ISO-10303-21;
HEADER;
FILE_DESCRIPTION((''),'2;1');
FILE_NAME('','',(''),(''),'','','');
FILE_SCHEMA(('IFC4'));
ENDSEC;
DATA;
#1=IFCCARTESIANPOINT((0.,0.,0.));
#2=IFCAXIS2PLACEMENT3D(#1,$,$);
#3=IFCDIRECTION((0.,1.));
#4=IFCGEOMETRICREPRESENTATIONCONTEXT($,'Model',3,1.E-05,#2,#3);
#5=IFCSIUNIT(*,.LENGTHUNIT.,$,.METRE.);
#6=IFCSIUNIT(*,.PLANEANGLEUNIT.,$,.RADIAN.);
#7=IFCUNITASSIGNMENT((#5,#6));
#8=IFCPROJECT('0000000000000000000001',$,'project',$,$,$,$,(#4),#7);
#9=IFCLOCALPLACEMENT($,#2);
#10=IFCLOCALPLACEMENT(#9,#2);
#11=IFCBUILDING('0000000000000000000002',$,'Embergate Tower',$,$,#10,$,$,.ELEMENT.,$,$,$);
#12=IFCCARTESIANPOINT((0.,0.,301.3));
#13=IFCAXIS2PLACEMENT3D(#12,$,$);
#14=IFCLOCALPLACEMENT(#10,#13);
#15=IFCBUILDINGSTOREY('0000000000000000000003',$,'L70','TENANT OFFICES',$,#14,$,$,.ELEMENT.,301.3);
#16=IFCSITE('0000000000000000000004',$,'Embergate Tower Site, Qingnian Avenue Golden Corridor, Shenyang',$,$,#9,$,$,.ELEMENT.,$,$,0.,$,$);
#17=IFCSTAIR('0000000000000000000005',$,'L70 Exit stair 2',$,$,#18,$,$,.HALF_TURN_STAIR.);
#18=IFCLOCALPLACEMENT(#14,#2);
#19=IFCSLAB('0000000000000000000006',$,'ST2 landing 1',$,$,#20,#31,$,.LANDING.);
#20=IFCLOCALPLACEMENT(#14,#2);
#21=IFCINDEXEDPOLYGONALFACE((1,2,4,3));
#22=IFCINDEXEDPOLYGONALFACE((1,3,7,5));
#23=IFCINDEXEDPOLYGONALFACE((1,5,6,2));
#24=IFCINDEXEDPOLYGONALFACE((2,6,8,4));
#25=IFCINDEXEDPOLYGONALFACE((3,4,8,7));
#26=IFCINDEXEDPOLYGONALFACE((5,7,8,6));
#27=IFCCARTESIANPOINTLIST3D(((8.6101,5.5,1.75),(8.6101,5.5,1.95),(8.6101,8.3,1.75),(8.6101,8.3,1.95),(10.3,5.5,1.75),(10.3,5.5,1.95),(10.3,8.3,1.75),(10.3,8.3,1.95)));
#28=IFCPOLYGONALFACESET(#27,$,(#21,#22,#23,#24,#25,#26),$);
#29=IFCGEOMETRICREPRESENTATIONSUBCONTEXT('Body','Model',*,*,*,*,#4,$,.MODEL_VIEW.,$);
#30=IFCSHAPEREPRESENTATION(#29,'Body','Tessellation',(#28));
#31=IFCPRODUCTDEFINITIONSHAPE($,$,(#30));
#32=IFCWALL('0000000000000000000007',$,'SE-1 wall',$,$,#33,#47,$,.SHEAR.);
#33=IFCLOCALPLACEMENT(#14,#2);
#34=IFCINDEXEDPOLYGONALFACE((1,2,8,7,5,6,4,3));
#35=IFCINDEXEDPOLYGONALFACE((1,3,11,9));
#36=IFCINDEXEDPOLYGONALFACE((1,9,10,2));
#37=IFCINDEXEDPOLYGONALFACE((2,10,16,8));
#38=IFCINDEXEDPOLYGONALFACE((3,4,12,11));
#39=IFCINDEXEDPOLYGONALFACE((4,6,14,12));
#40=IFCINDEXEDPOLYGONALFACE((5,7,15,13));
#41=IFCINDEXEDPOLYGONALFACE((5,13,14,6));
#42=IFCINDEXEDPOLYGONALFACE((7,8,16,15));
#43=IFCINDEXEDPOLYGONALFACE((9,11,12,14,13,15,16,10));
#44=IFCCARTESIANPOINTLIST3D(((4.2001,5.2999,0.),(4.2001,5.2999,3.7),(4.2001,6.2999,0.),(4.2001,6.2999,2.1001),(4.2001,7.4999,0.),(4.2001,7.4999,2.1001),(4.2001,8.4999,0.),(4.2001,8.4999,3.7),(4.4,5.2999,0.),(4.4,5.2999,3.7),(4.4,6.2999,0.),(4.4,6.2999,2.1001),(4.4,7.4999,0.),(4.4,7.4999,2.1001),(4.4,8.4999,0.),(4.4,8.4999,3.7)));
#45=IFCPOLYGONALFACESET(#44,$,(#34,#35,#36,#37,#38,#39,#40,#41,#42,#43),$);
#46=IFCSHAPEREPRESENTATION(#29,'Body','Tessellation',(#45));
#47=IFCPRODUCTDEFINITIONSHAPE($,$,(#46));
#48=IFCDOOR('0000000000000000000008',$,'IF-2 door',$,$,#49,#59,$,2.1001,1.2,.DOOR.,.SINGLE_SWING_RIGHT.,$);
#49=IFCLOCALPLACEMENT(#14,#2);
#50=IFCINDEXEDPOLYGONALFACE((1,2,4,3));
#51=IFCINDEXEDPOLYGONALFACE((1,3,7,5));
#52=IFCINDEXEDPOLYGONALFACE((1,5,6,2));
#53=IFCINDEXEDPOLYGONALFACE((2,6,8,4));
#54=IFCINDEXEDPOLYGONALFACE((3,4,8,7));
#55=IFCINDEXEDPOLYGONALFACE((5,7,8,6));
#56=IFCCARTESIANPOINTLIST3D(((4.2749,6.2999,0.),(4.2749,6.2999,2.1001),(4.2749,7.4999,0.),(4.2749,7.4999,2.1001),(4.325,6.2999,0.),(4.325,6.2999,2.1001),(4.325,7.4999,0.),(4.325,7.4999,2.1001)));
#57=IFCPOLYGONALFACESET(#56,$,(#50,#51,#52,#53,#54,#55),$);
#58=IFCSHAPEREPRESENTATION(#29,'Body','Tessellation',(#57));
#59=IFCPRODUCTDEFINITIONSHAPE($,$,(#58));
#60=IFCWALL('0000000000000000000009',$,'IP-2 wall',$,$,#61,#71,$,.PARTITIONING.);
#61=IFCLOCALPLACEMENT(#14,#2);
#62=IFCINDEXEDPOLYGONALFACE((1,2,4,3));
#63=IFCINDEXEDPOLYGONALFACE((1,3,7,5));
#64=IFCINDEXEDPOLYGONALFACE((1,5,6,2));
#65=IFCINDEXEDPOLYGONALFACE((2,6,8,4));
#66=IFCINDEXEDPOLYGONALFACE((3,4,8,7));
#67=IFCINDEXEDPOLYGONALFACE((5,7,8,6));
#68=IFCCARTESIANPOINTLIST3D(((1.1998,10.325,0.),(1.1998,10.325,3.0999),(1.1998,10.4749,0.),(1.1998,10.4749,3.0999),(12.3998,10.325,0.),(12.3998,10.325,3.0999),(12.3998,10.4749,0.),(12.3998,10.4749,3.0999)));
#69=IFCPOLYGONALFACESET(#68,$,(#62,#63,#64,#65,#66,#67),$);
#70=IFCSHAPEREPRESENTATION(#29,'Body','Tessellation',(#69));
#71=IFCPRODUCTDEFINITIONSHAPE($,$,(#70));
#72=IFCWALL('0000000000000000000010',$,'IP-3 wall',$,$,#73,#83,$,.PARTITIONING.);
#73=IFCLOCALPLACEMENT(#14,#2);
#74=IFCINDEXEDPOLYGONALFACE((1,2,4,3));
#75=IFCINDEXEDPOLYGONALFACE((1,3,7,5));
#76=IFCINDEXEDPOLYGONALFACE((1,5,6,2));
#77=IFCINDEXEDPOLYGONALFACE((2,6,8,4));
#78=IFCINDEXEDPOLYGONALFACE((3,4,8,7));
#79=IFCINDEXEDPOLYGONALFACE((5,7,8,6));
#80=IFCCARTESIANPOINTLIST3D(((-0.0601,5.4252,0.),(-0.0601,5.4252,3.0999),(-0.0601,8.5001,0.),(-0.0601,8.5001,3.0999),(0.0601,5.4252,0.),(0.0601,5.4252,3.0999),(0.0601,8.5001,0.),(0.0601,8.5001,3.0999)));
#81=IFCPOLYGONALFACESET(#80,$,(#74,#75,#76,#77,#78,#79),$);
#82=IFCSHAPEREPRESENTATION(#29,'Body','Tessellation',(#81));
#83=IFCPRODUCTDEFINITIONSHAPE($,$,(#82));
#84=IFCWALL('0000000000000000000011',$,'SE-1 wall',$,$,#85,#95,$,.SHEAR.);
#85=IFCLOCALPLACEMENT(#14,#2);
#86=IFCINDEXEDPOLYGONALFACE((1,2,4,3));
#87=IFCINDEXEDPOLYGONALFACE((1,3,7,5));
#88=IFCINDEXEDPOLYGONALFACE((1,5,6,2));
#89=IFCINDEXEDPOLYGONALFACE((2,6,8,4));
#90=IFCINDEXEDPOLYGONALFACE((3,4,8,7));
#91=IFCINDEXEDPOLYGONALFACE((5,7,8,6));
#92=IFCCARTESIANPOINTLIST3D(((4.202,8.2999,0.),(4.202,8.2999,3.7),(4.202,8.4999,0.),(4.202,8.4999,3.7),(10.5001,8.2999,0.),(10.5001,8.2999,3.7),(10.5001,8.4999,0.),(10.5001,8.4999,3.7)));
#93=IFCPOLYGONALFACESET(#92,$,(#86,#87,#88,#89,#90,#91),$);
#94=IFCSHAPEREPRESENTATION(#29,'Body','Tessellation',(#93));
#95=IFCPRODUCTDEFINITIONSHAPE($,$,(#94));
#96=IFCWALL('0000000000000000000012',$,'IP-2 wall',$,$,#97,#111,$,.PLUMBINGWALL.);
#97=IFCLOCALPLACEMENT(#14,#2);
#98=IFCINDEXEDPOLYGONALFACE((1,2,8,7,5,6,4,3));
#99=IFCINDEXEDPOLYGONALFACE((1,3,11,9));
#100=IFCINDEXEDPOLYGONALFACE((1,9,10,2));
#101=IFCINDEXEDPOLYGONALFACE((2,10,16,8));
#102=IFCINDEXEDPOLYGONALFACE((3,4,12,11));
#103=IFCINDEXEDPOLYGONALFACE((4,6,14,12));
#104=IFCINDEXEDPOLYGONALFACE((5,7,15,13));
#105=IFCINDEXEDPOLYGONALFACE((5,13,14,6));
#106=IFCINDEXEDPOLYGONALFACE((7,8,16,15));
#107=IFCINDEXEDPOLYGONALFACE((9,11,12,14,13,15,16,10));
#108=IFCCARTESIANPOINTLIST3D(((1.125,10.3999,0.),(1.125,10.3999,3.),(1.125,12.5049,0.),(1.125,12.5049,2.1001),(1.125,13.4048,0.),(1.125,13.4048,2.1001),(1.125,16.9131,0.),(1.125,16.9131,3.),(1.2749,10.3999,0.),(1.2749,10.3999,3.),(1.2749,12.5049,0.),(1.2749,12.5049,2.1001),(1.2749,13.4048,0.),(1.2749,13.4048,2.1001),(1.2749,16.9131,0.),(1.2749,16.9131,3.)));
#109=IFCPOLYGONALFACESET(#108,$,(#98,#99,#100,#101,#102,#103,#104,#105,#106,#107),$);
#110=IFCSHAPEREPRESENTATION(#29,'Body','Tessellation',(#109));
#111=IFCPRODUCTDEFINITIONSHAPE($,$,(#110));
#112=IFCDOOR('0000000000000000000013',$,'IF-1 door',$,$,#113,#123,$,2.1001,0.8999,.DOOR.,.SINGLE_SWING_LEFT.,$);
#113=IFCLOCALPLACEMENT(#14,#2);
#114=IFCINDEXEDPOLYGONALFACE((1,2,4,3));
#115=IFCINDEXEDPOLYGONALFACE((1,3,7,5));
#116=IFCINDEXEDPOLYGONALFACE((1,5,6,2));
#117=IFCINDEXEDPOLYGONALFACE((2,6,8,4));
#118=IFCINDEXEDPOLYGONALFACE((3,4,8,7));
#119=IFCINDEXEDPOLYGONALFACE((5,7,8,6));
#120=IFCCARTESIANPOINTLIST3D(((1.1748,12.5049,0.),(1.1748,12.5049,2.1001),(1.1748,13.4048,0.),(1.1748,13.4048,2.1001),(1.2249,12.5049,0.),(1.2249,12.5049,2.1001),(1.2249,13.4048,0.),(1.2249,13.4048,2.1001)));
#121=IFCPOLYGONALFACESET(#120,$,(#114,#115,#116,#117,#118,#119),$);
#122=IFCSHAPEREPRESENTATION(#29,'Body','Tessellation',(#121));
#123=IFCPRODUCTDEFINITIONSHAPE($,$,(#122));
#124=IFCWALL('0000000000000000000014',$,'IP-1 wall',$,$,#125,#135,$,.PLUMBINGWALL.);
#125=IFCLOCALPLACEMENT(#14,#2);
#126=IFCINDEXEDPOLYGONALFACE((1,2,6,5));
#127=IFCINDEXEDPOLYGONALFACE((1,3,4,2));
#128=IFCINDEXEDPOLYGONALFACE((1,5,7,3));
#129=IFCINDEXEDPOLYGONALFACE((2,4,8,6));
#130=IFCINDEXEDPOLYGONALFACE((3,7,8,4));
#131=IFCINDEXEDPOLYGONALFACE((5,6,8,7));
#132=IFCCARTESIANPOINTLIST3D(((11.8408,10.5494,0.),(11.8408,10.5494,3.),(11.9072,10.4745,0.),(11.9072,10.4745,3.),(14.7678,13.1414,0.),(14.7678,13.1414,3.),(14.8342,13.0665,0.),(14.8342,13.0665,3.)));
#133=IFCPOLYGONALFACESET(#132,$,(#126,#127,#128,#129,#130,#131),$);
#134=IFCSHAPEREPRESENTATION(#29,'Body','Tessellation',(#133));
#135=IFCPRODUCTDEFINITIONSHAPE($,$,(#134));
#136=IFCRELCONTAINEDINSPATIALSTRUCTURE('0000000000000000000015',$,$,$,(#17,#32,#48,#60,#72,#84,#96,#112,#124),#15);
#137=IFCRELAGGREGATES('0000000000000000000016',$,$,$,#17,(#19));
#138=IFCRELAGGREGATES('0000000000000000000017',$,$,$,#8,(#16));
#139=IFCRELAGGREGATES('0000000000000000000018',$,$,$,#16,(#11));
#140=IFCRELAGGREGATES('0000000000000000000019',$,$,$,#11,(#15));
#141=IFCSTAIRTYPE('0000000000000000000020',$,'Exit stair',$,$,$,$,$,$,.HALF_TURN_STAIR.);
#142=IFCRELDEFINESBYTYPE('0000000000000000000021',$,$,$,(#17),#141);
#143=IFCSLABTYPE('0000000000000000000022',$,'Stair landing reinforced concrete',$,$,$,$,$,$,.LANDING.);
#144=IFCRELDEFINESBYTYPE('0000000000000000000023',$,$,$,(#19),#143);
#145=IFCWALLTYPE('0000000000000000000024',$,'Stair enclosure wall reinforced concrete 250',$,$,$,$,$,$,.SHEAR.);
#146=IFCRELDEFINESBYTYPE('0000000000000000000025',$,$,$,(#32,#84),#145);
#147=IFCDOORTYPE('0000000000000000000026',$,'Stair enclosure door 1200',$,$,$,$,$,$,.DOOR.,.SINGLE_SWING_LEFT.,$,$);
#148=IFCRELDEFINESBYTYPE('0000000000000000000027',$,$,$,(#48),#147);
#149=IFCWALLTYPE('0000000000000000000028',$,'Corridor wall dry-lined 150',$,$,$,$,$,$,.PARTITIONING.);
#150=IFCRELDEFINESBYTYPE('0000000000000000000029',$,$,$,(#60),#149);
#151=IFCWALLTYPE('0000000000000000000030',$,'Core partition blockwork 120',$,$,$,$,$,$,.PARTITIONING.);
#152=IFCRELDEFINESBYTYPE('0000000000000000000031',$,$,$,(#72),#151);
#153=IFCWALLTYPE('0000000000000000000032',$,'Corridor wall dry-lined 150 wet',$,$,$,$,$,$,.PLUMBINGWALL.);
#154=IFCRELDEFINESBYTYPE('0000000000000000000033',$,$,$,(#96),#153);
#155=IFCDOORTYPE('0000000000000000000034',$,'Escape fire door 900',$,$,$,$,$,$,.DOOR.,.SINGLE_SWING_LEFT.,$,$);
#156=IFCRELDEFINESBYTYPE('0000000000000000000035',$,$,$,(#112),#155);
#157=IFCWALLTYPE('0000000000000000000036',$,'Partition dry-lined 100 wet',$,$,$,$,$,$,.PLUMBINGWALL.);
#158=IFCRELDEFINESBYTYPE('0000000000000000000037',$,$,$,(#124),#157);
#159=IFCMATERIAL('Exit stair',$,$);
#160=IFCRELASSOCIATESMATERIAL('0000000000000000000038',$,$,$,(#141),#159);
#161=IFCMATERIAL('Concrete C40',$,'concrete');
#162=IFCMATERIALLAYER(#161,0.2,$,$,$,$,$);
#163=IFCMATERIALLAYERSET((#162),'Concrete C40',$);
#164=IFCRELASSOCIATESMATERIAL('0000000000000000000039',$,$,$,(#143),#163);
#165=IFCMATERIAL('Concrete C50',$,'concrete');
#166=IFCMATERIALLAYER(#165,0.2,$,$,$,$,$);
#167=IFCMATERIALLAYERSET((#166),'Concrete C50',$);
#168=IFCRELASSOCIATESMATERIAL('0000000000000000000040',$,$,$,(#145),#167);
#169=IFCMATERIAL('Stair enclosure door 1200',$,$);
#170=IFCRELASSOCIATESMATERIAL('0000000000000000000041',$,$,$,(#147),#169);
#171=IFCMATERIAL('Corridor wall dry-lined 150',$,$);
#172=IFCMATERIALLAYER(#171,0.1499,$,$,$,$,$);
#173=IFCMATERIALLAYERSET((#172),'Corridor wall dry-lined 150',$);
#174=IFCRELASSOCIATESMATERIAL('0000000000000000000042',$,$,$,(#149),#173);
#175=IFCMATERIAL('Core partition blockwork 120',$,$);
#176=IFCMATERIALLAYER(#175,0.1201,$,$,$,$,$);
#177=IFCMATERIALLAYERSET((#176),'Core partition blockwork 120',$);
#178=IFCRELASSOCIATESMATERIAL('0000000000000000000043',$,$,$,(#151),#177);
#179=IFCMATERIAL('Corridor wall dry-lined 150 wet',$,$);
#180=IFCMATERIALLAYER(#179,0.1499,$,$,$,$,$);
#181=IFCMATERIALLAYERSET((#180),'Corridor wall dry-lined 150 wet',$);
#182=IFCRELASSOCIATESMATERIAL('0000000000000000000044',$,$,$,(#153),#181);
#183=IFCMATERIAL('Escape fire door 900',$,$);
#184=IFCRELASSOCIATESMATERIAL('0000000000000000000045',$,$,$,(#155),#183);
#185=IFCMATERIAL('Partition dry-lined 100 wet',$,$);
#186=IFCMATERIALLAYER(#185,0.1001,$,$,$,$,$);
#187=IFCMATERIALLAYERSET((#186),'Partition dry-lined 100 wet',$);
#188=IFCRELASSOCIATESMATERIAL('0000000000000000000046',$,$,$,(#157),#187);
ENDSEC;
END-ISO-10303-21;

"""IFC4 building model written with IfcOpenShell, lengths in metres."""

from ifc_helpers import new_model, si_unit, direction, frame, frame_2d, origin, place, context, subcontext, project, spatial, polyline, rectangle, outline, extrude, source, transform, mapped, material, layer, layer_set, type_object, element, fill, aggregate, save


model = new_model("IFC4")

# Units and contexts
model_context = context("Model", 3, precision=1e-05, world=origin(), true_north=direction((0.0, 1.0)))
body_context = subcontext(model_context, "Body", "Model", "MODEL_VIEW")
ifc_project = project(units=[si_unit("LENGTHUNIT", "METRE"), si_unit("PLANEANGLEUNIT", "RADIAN")], contexts=[model_context])

# Site, building, storey
site_placement = place(None, origin())
site = spatial("IfcSite", under=ifc_project, at=site_placement, Name="Embergate Tower Site, Qingnian Avenue Golden Corridor, Shenyang", CompositionType="ELEMENT", RefElevation=0.0)
building_placement = place(site_placement, origin())
building = spatial("IfcBuilding", under=site, at=building_placement, Name="Embergate Tower", CompositionType="ELEMENT")
storey_placement = place(building_placement, frame((0.0, 0.0, 301.3)))
storey = spatial("IfcBuildingStorey", under=building, at=storey_placement, Name="L70", Description="TENANT OFFICES", CompositionType="ELEMENT", Elevation=301.3)

# Stair, slab
ifc_material_1 = material(Name="Exit stair")
stair_type = type_object("IfcStairType", Name="Exit stair", PredefinedType="HALF_TURN_STAIR", material=ifc_material_1)
stair_placement = place(storey_placement, origin())
stair = element("IfcStair", 1, at=stair_placement, inside=storey, type_object=stair_type, Name="L70 Exit stair 2", PredefinedType="HALF_TURN_STAIR")
ifc_material_2 = material(Name="Concrete C40", Category="concrete")
ifc_layer_1 = layer(ifc_material_2, 0.2)
ifc_layer_set_1 = layer_set([ifc_layer_1], Name="Concrete C40")
slab_type = type_object("IfcSlabType", Name="Stair landing reinforced concrete", PredefinedType="LANDING", material=ifc_layer_set_1)
shared_shape_1 = source(origin(), body_context, "Body", "SweptSolid", [
    extrude(outline(polyline([(0.0, 0.0), (1.6899, 0.0), (1.6899, 2.8), (0.0, 2.8), (0.0, 0.0)])), origin(), (0.0, 0.0, 1.0), 0.2),
])
slab_placement = place(storey_placement, frame((8.6101, 5.5, 1.75)))
slab = element("IfcSlab", 2, at=slab_placement, type_object=slab_type, Name="ST2 landing 1", PredefinedType="LANDING", context=body_context, shape_type="MappedRepresentation", body=[
    mapped(shared_shape_1, transform((0.0, 0.0, 0.0))),
])

# Wall, opening, door
ifc_material_3 = material(Name="Concrete C50", Category="concrete")
ifc_layer_2 = layer(ifc_material_3, 0.2)
ifc_layer_set_2 = layer_set([ifc_layer_2], Name="Concrete C50")
wall_type_1 = type_object("IfcWallType", Name="Stair enclosure wall reinforced concrete 250", PredefinedType="SHEAR", material=ifc_layer_set_2)
shared_shape_2 = source(origin(), body_context, "Body", "SweptSolid", [
    extrude(rectangle(XDim=3.2, YDim=0.2, at=frame_2d((1.6001, 0.0))), origin(), (0.0, 0.0, 1.0), 3.7),
])
wall_1_placement = place(storey_placement, frame((4.3, 8.5, 0.0), z_axis=(0.0, 0.0, 1.0), x_axis=(0.0, -1.0, 0.0)))
wall_1 = element("IfcWall", 3, at=wall_1_placement, inside=storey, type_object=wall_type_1, Name="SE-1 wall", PredefinedType="SHEAR", context=body_context, shape_type="MappedRepresentation", body=[
    mapped(shared_shape_2, transform((0.0, 0.0, 0.0))),
])
shared_shape_3 = source(origin(), body_context, "Body", "SweptSolid", [
    extrude(rectangle(XDim=1.2, YDim=2.1001, at=frame_2d((0.6001, 1.05))), frame((0.0, 0.1099, 0.0), z_axis=(0.0, -1.0, 0.0), x_axis=(1.0, 0.0, 0.0)), (0.0, 0.0, 1.0), 0.22),
])
opening_1_placement = place(wall_1_placement, frame((1.0, 0.0, 0.0)))
opening_1 = element("IfcOpeningElement", 4, at=opening_1_placement, cuts=wall_1, PredefinedType="OPENING", context=body_context, shape_type="MappedRepresentation", body=[
    mapped(shared_shape_3, transform((0.0, 0.0, 0.0))),
])
ifc_material_4 = material(Name="Stair enclosure door 1200")
door_type_1 = type_object("IfcDoorType", Name="Stair enclosure door 1200", OperationType="SINGLE_SWING_LEFT", PredefinedType="DOOR", material=ifc_material_4)
shared_shape_4 = source(origin(), body_context, "Body", "SweptSolid", [
    extrude(rectangle(XDim=1.2, YDim=2.1001, at=frame_2d((0.6001, 1.05))), frame((0.0, 0.0249, 0.0), z_axis=(0.0, -1.0, 0.0), x_axis=(1.0, 0.0, 0.0)), (0.0, 0.0, 1.0), 0.05),
])
door_1_placement = place(opening_1_placement, origin())
door_1 = element("IfcDoor", 5, at=door_1_placement, inside=storey, type_object=door_type_1, Name="IF-2 door", OperationType="SINGLE_SWING_RIGHT", OverallHeight=2.1001, OverallWidth=1.2, PredefinedType="DOOR", context=body_context, shape_type="MappedRepresentation", body=[
    mapped(shared_shape_4, transform((0.0, 0.0, 0.0))),
])
fill(opening_1, door_1)

# Walls
ifc_material_5 = material(Name="Corridor wall dry-lined 150")
ifc_layer_3 = layer(ifc_material_5, 0.1499)
ifc_layer_set_3 = layer_set([ifc_layer_3], Name="Corridor wall dry-lined 150")
wall_type_2 = type_object("IfcWallType", Name="Corridor wall dry-lined 150", PredefinedType="PARTITIONING", material=ifc_layer_set_3)
shared_shape_5 = source(origin(), body_context, "Body", "SweptSolid", [
    extrude(rectangle(XDim=11.2, YDim=0.1499, at=frame_2d((5.6001, 0.0))), origin(), (0.0, 0.0, 1.0), 3.0999),
])
wall_2_placement = place(storey_placement, frame((12.3999, 10.3999, 0.0), z_axis=(0.0, 0.0, 1.0), x_axis=(-1.0, 0.0, 0.0)))
element("IfcWall", 6, at=wall_2_placement, inside=storey, type_object=wall_type_2, Name="IP-2 wall", PredefinedType="PARTITIONING", context=body_context, shape_type="MappedRepresentation", body=[
    mapped(shared_shape_5, transform((0.0, 0.0, 0.0))),
])
ifc_material_6 = material(Name="Core partition blockwork 120")
ifc_layer_4 = layer(ifc_material_6, 0.1201)
ifc_layer_set_4 = layer_set([ifc_layer_4], Name="Core partition blockwork 120")
wall_type_3 = type_object("IfcWallType", Name="Core partition blockwork 120", PredefinedType="PARTITIONING", material=ifc_layer_set_4)
shared_shape_6 = source(origin(), body_context, "Body", "SweptSolid", [
    extrude(rectangle(XDim=3.075, YDim=0.1201, at=frame_2d((1.5376, 0.0))), origin(), (0.0, 0.0, 1.0), 3.0999),
])
wall_3_placement = place(storey_placement, frame((0.0, 5.425, 0.0), z_axis=(0.0, 0.0, 1.0), x_axis=(0.0, 1.0, 0.0)))
element("IfcWall", 7, at=wall_3_placement, inside=storey, type_object=wall_type_3, Name="IP-3 wall", PredefinedType="PARTITIONING", context=body_context, shape_type="MappedRepresentation", body=[
    mapped(shared_shape_6, transform((0.0, 0.0, 0.0))),
])
shared_shape_7 = source(origin(), body_context, "Body", "SweptSolid", [
    extrude(rectangle(XDim=6.2981, YDim=0.2, at=frame_2d((3.1489, 0.0))), origin(), (0.0, 0.0, 1.0), 3.7),
])
wall_4_placement = place(storey_placement, frame((10.5, 8.3999, 0.0), z_axis=(0.0, 0.0, 1.0), x_axis=(-1.0, 0.0, 0.0)))
element("IfcWall", 8, at=wall_4_placement, inside=storey, type_object=wall_type_1, Name="SE-1 wall", PredefinedType="SHEAR", context=body_context, shape_type="MappedRepresentation", body=[
    mapped(shared_shape_7, transform((0.0, 0.0, 0.0))),
])

# Wall, opening, door
ifc_material_7 = material(Name="Corridor wall dry-lined 150 wet")
ifc_layer_5 = layer(ifc_material_7, 0.1499)
ifc_layer_set_5 = layer_set([ifc_layer_5], Name="Corridor wall dry-lined 150 wet")
wall_type_4 = type_object("IfcWallType", Name="Corridor wall dry-lined 150 wet", PredefinedType="PLUMBINGWALL", material=ifc_layer_set_5)
shared_shape_8 = source(origin(), body_context, "Body", "SweptSolid", [
    extrude(rectangle(XDim=6.5132, YDim=0.1499, at=frame_2d((3.2566, 0.0))), origin(), (0.0, 0.0, 1.0), 3.0),
])
wall_5_placement = place(storey_placement, frame((1.2, 16.9131, 0.0), z_axis=(0.0, 0.0, 1.0), x_axis=(0.0, -1.0, 0.0)))
wall_5 = element("IfcWall", 9, at=wall_5_placement, inside=storey, type_object=wall_type_4, Name="IP-2 wall", PredefinedType="PLUMBINGWALL", context=body_context, shape_type="MappedRepresentation", body=[
    mapped(shared_shape_8, transform((0.0, 0.0, 0.0))),
])
shared_shape_9 = source(origin(), body_context, "Body", "SweptSolid", [
    extrude(rectangle(XDim=0.8999, YDim=2.1001, at=frame_2d((0.45, 1.05))), frame((0.0, 0.085, 0.0), z_axis=(0.0, -1.0, 0.0), x_axis=(1.0, 0.0, 0.0)), (0.0, 0.0, 1.0), 0.1699),
])
opening_2_placement = place(wall_5_placement, frame((3.5083, 0.0, 0.0)))
opening_2 = element("IfcOpeningElement", 10, at=opening_2_placement, cuts=wall_5, PredefinedType="OPENING", context=body_context, shape_type="MappedRepresentation", body=[
    mapped(shared_shape_9, transform((0.0, 0.0, 0.0))),
])
ifc_material_8 = material(Name="Escape fire door 900")
door_type_2 = type_object("IfcDoorType", Name="Escape fire door 900", OperationType="SINGLE_SWING_LEFT", PredefinedType="DOOR", material=ifc_material_8)
shared_shape_10 = source(origin(), body_context, "Body", "SweptSolid", [
    extrude(rectangle(XDim=0.8999, YDim=2.1001, at=frame_2d((0.45, 1.05))), frame((0.0, 0.0249, 0.0), z_axis=(0.0, -1.0, 0.0), x_axis=(1.0, 0.0, 0.0)), (0.0, 0.0, 1.0), 0.05),
])
door_2_placement = place(opening_2_placement, origin())
door_2 = element("IfcDoor", 11, at=door_2_placement, inside=storey, type_object=door_type_2, Name="IF-1 door", OperationType="SINGLE_SWING_LEFT", OverallHeight=2.1001, OverallWidth=0.8999, PredefinedType="DOOR", context=body_context, shape_type="MappedRepresentation", body=[
    mapped(shared_shape_10, transform((0.0, 0.0, 0.0))),
])
fill(opening_2, door_2)

# Wall
ifc_material_9 = material(Name="Partition dry-lined 100 wet")
ifc_layer_6 = layer(ifc_material_9, 0.1001)
ifc_layer_set_6 = layer_set([ifc_layer_6], Name="Partition dry-lined 100 wet")
wall_type_5 = type_object("IfcWallType", Name="Partition dry-lined 100 wet", PredefinedType="PLUMBINGWALL", material=ifc_layer_set_6)
shared_shape_11 = source(origin(), body_context, "Body", "SweptSolid", [
    extrude(rectangle(XDim=3.9097, YDim=0.1001, at=frame_2d((1.9548, 0.0))), origin(), (0.0, 0.0, 1.0), 3.0),
])
wall_6_placement = place(storey_placement, frame((11.874, 10.512, 0.0), z_axis=(0.0, 0.0, 1.0), x_axis=(0.748645, 0.662971, 0.0)))
element("IfcWall", 12, at=wall_6_placement, inside=storey, type_object=wall_type_5, Name="IP-1 wall", PredefinedType="PLUMBINGWALL", context=body_context, shape_type="MappedRepresentation", body=[
    mapped(shared_shape_11, transform((0.0, 0.0, 0.0))),
])

aggregate(stair, [slab])

save(model, "model.ifc")
